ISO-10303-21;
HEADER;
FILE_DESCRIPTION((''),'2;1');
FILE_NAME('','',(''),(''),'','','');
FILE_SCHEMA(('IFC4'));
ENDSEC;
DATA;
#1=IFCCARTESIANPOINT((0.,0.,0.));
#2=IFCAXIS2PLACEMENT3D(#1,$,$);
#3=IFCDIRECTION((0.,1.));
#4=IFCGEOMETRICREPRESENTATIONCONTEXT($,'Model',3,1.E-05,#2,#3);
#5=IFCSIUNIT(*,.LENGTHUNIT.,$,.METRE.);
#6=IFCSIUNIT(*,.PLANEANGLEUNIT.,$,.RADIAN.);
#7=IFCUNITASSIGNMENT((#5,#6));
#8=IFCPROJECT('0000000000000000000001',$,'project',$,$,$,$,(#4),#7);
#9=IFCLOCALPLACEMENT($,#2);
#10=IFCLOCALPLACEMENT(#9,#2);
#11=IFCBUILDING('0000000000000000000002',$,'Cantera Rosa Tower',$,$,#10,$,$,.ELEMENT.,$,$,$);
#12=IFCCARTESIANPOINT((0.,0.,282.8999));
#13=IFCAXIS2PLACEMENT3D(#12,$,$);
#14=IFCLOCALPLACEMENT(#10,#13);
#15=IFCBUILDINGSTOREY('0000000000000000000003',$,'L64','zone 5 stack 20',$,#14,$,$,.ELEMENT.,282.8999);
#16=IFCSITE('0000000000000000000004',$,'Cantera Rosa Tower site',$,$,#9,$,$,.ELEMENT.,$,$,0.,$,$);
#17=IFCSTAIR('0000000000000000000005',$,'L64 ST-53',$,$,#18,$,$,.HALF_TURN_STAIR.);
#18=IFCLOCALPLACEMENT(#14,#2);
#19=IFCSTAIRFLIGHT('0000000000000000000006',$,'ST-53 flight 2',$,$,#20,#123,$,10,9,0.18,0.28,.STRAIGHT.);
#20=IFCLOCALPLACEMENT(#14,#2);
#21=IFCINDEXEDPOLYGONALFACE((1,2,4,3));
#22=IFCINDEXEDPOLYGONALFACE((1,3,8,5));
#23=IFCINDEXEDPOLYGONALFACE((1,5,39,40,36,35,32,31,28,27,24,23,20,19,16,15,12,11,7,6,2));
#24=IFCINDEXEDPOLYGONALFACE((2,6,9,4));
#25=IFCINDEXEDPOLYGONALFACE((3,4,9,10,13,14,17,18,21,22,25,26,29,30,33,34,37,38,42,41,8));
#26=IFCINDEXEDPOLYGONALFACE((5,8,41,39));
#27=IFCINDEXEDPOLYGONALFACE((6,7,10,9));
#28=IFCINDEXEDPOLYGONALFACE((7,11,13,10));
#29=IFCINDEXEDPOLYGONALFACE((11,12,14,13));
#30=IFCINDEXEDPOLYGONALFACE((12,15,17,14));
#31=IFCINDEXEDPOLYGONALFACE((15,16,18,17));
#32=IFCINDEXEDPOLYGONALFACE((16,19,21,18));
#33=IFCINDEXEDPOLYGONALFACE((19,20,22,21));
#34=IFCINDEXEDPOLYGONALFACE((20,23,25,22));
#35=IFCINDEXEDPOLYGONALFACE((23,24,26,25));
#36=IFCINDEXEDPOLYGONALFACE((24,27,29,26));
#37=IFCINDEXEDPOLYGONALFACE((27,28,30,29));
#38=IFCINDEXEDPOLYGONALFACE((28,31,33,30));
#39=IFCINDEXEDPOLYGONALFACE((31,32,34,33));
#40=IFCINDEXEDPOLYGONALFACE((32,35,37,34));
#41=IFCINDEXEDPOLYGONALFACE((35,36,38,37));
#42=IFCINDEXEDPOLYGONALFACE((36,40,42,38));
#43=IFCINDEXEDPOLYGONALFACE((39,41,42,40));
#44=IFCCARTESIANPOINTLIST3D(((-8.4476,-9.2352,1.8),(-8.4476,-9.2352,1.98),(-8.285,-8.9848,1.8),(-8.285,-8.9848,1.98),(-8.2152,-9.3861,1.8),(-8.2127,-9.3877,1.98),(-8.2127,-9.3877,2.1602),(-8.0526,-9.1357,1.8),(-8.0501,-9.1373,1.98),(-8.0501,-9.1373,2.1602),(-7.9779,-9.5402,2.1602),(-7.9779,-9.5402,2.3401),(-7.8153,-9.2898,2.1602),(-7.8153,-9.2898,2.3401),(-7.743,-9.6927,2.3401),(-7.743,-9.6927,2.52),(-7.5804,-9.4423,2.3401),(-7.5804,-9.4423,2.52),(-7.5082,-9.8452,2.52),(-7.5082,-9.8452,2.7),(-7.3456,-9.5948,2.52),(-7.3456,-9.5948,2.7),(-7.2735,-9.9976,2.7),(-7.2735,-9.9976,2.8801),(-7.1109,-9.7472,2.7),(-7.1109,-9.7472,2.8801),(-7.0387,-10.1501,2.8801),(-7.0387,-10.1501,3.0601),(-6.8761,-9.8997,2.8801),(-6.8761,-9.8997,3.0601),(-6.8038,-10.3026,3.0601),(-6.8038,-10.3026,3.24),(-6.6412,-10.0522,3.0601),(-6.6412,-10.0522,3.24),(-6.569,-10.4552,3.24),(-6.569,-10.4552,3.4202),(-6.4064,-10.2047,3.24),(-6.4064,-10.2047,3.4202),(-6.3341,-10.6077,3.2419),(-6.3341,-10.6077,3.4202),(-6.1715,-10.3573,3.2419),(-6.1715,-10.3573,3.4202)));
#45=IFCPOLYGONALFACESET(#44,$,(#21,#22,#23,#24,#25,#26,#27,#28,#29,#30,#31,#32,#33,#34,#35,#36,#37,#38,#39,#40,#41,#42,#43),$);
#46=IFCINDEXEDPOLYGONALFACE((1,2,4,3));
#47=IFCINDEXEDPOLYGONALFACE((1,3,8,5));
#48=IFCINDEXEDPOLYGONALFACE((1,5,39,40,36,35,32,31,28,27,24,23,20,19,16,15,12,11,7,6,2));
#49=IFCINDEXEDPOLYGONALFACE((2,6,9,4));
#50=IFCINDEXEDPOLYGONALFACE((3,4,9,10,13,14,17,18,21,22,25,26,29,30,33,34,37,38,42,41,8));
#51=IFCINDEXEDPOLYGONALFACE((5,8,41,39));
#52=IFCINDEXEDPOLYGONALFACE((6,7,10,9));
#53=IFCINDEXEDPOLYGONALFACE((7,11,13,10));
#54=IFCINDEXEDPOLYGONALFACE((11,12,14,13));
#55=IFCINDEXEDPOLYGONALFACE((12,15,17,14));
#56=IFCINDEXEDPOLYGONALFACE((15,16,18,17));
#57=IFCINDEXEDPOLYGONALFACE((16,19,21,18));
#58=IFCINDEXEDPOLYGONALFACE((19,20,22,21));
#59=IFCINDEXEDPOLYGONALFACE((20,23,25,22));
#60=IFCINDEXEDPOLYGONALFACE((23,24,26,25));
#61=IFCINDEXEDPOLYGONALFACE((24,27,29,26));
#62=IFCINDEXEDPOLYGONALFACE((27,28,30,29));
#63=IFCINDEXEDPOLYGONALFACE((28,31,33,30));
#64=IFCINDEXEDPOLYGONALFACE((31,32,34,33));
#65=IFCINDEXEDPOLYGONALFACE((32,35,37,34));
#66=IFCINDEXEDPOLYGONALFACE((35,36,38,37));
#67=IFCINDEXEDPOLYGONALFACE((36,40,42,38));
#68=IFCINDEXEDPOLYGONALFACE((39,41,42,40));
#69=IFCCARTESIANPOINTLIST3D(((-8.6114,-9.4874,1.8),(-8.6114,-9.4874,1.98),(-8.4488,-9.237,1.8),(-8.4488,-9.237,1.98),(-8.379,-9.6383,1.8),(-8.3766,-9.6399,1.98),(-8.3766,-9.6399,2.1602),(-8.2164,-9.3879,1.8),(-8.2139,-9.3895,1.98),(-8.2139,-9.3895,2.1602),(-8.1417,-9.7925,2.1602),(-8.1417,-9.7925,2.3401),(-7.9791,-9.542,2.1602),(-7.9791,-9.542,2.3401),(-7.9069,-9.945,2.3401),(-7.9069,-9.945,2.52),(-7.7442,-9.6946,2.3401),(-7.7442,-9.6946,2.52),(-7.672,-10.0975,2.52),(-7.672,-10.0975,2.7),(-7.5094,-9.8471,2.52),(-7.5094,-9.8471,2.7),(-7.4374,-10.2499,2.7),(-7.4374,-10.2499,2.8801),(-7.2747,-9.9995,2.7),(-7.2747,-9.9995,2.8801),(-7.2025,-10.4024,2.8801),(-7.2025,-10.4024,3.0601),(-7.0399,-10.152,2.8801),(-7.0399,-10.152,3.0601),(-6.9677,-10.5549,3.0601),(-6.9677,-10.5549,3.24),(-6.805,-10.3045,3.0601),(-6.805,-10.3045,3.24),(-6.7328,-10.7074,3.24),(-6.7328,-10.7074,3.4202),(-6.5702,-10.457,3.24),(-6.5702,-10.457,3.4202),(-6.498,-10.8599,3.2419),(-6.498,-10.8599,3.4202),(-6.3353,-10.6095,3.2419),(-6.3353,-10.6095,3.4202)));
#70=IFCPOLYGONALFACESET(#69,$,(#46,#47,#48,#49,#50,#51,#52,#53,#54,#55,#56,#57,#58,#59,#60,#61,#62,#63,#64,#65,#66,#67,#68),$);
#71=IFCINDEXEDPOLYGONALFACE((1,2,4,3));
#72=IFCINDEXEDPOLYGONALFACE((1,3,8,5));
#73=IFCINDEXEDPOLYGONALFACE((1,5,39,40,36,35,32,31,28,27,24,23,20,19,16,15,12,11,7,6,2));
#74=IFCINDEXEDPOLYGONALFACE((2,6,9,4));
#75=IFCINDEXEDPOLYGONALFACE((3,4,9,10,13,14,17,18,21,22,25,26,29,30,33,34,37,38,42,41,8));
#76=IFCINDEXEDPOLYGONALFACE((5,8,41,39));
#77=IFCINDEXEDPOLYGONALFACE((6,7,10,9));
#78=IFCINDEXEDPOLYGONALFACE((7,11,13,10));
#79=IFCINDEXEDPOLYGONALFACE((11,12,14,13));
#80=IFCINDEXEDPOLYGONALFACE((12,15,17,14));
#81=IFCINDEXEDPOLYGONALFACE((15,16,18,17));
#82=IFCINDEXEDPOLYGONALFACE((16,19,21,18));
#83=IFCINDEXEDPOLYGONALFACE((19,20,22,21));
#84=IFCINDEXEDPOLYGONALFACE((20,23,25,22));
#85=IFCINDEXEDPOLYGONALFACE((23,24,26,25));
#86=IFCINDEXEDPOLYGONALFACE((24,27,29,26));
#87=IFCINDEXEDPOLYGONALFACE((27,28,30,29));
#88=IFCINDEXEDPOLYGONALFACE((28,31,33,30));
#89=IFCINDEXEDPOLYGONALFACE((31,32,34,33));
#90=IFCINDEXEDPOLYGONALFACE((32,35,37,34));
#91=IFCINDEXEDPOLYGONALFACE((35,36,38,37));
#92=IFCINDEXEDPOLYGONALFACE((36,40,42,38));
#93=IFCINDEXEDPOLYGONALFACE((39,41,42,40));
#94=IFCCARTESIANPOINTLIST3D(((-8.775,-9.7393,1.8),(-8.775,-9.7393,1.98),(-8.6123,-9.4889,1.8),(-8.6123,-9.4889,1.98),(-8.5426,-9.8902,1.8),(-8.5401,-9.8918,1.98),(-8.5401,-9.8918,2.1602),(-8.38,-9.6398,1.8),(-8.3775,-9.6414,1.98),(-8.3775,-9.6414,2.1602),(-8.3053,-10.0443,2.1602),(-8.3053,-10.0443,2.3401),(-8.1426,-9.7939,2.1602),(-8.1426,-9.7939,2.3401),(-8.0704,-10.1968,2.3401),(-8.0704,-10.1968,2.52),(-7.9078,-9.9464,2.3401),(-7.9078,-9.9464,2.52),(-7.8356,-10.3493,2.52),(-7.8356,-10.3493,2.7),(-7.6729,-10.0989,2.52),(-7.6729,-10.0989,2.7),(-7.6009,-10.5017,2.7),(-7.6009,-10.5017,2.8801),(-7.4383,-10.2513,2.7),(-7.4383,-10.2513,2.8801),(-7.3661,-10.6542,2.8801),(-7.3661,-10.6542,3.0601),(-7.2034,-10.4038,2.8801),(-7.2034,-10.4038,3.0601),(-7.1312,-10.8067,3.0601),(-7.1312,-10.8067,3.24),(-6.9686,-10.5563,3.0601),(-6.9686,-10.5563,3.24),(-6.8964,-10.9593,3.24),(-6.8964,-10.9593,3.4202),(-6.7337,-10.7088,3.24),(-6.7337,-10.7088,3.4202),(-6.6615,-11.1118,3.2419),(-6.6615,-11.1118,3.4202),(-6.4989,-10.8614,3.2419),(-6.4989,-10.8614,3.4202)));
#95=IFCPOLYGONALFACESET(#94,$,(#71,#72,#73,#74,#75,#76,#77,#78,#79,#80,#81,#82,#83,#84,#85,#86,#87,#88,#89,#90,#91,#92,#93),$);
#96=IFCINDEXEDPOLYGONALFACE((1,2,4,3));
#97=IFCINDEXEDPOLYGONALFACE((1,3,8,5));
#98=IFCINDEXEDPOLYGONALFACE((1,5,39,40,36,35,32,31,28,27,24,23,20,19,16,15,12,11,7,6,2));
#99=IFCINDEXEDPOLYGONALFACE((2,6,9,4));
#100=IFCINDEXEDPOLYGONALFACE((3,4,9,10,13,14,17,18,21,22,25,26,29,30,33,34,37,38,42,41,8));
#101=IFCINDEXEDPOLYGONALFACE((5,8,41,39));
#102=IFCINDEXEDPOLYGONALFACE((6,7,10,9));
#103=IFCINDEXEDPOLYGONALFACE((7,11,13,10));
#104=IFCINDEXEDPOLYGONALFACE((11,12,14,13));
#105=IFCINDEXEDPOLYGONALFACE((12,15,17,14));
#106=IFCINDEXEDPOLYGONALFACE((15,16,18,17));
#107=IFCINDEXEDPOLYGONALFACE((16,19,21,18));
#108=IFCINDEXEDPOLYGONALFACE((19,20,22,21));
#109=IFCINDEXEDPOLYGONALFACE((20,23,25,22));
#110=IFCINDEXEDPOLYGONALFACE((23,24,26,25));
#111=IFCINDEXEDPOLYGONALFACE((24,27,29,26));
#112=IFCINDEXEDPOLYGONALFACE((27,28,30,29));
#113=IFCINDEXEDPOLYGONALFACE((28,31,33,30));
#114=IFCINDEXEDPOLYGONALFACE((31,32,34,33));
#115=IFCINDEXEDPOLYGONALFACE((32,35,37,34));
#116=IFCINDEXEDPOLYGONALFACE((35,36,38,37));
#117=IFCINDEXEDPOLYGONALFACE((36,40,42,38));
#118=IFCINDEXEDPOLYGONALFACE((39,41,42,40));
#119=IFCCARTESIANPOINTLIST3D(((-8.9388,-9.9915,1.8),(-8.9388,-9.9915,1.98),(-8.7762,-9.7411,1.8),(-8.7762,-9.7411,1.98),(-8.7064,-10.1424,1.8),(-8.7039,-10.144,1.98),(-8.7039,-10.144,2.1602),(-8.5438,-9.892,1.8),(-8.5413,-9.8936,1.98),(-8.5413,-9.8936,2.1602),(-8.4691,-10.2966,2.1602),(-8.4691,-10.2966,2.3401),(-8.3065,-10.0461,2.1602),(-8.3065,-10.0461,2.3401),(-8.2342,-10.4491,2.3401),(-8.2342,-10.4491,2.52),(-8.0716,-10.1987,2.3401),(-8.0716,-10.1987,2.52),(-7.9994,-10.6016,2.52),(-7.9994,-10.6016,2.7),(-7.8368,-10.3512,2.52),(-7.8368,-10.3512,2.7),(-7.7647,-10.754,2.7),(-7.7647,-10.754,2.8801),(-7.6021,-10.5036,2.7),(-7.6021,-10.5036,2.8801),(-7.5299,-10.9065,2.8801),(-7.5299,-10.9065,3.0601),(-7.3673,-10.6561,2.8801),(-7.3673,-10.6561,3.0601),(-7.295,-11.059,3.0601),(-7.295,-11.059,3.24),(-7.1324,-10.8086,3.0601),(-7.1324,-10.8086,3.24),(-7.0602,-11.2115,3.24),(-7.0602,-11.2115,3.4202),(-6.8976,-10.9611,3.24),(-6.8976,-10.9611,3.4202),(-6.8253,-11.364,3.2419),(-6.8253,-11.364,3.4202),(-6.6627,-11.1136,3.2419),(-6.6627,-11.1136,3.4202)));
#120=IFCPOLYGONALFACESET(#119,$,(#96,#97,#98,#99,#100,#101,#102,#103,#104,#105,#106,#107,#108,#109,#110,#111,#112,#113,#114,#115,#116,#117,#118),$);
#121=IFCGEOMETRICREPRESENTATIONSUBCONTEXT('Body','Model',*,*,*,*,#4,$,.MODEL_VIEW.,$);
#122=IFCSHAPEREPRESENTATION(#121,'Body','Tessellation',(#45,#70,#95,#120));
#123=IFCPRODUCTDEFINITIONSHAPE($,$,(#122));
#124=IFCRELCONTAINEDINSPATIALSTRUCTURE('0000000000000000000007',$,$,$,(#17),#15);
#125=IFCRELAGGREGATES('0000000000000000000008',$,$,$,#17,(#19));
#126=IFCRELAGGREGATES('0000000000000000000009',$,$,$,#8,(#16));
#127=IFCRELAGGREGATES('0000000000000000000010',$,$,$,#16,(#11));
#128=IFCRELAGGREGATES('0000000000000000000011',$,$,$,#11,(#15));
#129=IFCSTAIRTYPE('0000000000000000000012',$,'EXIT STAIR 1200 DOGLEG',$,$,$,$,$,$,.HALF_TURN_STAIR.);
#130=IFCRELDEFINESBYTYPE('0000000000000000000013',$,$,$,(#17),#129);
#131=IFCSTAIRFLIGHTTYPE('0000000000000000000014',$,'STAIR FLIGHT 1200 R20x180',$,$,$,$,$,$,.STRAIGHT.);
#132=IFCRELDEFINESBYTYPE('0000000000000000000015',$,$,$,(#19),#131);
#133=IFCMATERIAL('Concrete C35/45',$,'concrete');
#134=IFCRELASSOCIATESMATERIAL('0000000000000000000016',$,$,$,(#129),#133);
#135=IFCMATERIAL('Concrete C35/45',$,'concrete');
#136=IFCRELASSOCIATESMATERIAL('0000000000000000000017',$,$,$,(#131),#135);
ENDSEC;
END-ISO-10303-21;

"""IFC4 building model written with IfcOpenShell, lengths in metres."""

from ifc_helpers import new_model, si_unit, direction, frame, origin, place, context, subcontext, project, spatial, polyline, outline, extrude, material, type_object, element, aggregate, save


model = new_model("IFC4")

# Units and contexts
model_context = context("Model", 3, precision=1e-05, world=origin(), true_north=direction((0.0, 1.0)))
body_context = subcontext(model_context, "Body", "Model", "MODEL_VIEW")
ifc_project = project(units=[si_unit("LENGTHUNIT", "METRE"), si_unit("PLANEANGLEUNIT", "RADIAN")], contexts=[model_context])

# Site, building, storey
site_placement = place(None, origin())
site = spatial("IfcSite", under=ifc_project, at=site_placement, Name="Cantera Rosa Tower site", CompositionType="ELEMENT", RefElevation=0.0)
building_placement = place(site_placement, origin())
building = spatial("IfcBuilding", under=site, at=building_placement, Name="Cantera Rosa Tower", CompositionType="ELEMENT")
storey_placement = place(building_placement, frame((0.0, 0.0, 282.8999)))
storey = spatial("IfcBuildingStorey", under=building, at=storey_placement, Name="L64", Description="zone 5 stack 20", CompositionType="ELEMENT", Elevation=282.8999)

# Stair, stair flight
ifc_material_1 = material(Name="Concrete C35/45", Category="concrete")
stair_type = type_object("IfcStairType", Name="EXIT STAIR 1200 DOGLEG", PredefinedType="HALF_TURN_STAIR", material=ifc_material_1)
stair_placement = place(storey_placement, origin())
stair = element("IfcStair", 1, at=stair_placement, inside=storey, type_object=stair_type, Name="L64 ST-53", PredefinedType="HALF_TURN_STAIR")
ifc_material_2 = material(Name="Concrete C35/45", Category="concrete")
stair_flight_type = type_object("IfcStairFlightType", Name="STAIR FLIGHT 1200 R20x180", PredefinedType="STRAIGHT", material=ifc_material_2)
stair_flight_1_placement = place(storey_placement, frame((-8.6118, -9.488, 1.8), z_axis=(0.0, 0.0, 1.0), x_axis=(0.838671, -0.544639, 0.0)))
stair_flight_1 = element("IfcStairFlight", 2, at=stair_flight_1_placement, type_object=stair_flight_type, Name="ST-53 flight 2", NumberOfRisers=10, NumberOfTreads=9, PredefinedType="STRAIGHT", RiserHeight=0.18, TreadLength=0.28, context=body_context, shape_type="SweptSolid", body=[
    extrude(outline(polyline([(0.0, 0.0), (0.0, 0.1799), (0.28, 0.1799), (0.28, 0.3601), (0.5601, 0.3601), (0.5601, 0.54), (0.8401, 0.54), (0.8401, 0.72), (1.1201, 0.72), (1.1201, 0.8999), (1.3999, 0.8999), (1.3999, 1.0801), (1.6799, 1.0801), (1.6799, 1.26), (1.96, 1.26), (1.96, 1.4399), (2.24, 1.4399), (2.24, 1.6201), (2.52, 1.6201), (2.52, 1.8), (2.52, 1.4419), (0.2771, 0.0), (0.0, 0.0)])), frame((0.0, 0.6001, 0.0), z_axis=(0.0, -1.0, 0.0), x_axis=(1.0, 0.0, 0.0)), (0.0, 0.0, 1.0), 0.2986),
    extrude(outline(polyline([(0.0, 0.0), (0.0, 0.1799), (0.28, 0.1799), (0.28, 0.3601), (0.5601, 0.3601), (0.5601, 0.54), (0.8401, 0.54), (0.8401, 0.72), (1.1201, 0.72), (1.1201, 0.8999), (1.3999, 0.8999), (1.3999, 1.0801), (1.6799, 1.0801), (1.6799, 1.26), (1.96, 1.26), (1.96, 1.4399), (2.24, 1.4399), (2.24, 1.6201), (2.52, 1.6201), (2.52, 1.8), (2.52, 1.4419), (0.2771, 0.0), (0.0, 0.0)])), frame((0.0, 0.2993, 0.0), z_axis=(0.0, -1.0, 0.0), x_axis=(1.0, 0.0, 0.0)), (0.0, 0.0, 1.0), 0.2986),
    extrude(outline(polyline([(0.0, 0.0), (0.0, 0.1799), (0.28, 0.1799), (0.28, 0.3601), (0.5601, 0.3601), (0.5601, 0.54), (0.8401, 0.54), (0.8401, 0.72), (1.1201, 0.72), (1.1201, 0.8999), (1.3999, 0.8999), (1.3999, 1.0801), (1.6799, 1.0801), (1.6799, 1.26), (1.96, 1.26), (1.96, 1.4399), (2.24, 1.4399), (2.24, 1.6201), (2.52, 1.6201), (2.52, 1.8), (2.52, 1.4419), (0.2771, 0.0), (0.0, 0.0)])), frame((0.0, -0.001, 0.0), z_axis=(0.0, -1.0, 0.0), x_axis=(1.0, 0.0, 0.0)), (0.0, 0.0, 1.0), 0.2986),
    extrude(outline(polyline([(0.0, 0.0), (0.0, 0.1799), (0.28, 0.1799), (0.28, 0.3601), (0.5601, 0.3601), (0.5601, 0.54), (0.8401, 0.54), (0.8401, 0.72), (1.1201, 0.72), (1.1201, 0.8999), (1.3999, 0.8999), (1.3999, 1.0801), (1.6799, 1.0801), (1.6799, 1.26), (1.96, 1.26), (1.96, 1.4399), (2.24, 1.4399), (2.24, 1.6201), (2.52, 1.6201), (2.52, 1.8), (2.52, 1.4419), (0.2771, 0.0), (0.0, 0.0)])), frame((0.0, -0.3018, 0.0), z_axis=(0.0, -1.0, 0.0), x_axis=(1.0, 0.0, 0.0)), (0.0, 0.0, 1.0), 0.2986),
])
aggregate(stair, [stair_flight_1])

save(model, "model.ifc")
